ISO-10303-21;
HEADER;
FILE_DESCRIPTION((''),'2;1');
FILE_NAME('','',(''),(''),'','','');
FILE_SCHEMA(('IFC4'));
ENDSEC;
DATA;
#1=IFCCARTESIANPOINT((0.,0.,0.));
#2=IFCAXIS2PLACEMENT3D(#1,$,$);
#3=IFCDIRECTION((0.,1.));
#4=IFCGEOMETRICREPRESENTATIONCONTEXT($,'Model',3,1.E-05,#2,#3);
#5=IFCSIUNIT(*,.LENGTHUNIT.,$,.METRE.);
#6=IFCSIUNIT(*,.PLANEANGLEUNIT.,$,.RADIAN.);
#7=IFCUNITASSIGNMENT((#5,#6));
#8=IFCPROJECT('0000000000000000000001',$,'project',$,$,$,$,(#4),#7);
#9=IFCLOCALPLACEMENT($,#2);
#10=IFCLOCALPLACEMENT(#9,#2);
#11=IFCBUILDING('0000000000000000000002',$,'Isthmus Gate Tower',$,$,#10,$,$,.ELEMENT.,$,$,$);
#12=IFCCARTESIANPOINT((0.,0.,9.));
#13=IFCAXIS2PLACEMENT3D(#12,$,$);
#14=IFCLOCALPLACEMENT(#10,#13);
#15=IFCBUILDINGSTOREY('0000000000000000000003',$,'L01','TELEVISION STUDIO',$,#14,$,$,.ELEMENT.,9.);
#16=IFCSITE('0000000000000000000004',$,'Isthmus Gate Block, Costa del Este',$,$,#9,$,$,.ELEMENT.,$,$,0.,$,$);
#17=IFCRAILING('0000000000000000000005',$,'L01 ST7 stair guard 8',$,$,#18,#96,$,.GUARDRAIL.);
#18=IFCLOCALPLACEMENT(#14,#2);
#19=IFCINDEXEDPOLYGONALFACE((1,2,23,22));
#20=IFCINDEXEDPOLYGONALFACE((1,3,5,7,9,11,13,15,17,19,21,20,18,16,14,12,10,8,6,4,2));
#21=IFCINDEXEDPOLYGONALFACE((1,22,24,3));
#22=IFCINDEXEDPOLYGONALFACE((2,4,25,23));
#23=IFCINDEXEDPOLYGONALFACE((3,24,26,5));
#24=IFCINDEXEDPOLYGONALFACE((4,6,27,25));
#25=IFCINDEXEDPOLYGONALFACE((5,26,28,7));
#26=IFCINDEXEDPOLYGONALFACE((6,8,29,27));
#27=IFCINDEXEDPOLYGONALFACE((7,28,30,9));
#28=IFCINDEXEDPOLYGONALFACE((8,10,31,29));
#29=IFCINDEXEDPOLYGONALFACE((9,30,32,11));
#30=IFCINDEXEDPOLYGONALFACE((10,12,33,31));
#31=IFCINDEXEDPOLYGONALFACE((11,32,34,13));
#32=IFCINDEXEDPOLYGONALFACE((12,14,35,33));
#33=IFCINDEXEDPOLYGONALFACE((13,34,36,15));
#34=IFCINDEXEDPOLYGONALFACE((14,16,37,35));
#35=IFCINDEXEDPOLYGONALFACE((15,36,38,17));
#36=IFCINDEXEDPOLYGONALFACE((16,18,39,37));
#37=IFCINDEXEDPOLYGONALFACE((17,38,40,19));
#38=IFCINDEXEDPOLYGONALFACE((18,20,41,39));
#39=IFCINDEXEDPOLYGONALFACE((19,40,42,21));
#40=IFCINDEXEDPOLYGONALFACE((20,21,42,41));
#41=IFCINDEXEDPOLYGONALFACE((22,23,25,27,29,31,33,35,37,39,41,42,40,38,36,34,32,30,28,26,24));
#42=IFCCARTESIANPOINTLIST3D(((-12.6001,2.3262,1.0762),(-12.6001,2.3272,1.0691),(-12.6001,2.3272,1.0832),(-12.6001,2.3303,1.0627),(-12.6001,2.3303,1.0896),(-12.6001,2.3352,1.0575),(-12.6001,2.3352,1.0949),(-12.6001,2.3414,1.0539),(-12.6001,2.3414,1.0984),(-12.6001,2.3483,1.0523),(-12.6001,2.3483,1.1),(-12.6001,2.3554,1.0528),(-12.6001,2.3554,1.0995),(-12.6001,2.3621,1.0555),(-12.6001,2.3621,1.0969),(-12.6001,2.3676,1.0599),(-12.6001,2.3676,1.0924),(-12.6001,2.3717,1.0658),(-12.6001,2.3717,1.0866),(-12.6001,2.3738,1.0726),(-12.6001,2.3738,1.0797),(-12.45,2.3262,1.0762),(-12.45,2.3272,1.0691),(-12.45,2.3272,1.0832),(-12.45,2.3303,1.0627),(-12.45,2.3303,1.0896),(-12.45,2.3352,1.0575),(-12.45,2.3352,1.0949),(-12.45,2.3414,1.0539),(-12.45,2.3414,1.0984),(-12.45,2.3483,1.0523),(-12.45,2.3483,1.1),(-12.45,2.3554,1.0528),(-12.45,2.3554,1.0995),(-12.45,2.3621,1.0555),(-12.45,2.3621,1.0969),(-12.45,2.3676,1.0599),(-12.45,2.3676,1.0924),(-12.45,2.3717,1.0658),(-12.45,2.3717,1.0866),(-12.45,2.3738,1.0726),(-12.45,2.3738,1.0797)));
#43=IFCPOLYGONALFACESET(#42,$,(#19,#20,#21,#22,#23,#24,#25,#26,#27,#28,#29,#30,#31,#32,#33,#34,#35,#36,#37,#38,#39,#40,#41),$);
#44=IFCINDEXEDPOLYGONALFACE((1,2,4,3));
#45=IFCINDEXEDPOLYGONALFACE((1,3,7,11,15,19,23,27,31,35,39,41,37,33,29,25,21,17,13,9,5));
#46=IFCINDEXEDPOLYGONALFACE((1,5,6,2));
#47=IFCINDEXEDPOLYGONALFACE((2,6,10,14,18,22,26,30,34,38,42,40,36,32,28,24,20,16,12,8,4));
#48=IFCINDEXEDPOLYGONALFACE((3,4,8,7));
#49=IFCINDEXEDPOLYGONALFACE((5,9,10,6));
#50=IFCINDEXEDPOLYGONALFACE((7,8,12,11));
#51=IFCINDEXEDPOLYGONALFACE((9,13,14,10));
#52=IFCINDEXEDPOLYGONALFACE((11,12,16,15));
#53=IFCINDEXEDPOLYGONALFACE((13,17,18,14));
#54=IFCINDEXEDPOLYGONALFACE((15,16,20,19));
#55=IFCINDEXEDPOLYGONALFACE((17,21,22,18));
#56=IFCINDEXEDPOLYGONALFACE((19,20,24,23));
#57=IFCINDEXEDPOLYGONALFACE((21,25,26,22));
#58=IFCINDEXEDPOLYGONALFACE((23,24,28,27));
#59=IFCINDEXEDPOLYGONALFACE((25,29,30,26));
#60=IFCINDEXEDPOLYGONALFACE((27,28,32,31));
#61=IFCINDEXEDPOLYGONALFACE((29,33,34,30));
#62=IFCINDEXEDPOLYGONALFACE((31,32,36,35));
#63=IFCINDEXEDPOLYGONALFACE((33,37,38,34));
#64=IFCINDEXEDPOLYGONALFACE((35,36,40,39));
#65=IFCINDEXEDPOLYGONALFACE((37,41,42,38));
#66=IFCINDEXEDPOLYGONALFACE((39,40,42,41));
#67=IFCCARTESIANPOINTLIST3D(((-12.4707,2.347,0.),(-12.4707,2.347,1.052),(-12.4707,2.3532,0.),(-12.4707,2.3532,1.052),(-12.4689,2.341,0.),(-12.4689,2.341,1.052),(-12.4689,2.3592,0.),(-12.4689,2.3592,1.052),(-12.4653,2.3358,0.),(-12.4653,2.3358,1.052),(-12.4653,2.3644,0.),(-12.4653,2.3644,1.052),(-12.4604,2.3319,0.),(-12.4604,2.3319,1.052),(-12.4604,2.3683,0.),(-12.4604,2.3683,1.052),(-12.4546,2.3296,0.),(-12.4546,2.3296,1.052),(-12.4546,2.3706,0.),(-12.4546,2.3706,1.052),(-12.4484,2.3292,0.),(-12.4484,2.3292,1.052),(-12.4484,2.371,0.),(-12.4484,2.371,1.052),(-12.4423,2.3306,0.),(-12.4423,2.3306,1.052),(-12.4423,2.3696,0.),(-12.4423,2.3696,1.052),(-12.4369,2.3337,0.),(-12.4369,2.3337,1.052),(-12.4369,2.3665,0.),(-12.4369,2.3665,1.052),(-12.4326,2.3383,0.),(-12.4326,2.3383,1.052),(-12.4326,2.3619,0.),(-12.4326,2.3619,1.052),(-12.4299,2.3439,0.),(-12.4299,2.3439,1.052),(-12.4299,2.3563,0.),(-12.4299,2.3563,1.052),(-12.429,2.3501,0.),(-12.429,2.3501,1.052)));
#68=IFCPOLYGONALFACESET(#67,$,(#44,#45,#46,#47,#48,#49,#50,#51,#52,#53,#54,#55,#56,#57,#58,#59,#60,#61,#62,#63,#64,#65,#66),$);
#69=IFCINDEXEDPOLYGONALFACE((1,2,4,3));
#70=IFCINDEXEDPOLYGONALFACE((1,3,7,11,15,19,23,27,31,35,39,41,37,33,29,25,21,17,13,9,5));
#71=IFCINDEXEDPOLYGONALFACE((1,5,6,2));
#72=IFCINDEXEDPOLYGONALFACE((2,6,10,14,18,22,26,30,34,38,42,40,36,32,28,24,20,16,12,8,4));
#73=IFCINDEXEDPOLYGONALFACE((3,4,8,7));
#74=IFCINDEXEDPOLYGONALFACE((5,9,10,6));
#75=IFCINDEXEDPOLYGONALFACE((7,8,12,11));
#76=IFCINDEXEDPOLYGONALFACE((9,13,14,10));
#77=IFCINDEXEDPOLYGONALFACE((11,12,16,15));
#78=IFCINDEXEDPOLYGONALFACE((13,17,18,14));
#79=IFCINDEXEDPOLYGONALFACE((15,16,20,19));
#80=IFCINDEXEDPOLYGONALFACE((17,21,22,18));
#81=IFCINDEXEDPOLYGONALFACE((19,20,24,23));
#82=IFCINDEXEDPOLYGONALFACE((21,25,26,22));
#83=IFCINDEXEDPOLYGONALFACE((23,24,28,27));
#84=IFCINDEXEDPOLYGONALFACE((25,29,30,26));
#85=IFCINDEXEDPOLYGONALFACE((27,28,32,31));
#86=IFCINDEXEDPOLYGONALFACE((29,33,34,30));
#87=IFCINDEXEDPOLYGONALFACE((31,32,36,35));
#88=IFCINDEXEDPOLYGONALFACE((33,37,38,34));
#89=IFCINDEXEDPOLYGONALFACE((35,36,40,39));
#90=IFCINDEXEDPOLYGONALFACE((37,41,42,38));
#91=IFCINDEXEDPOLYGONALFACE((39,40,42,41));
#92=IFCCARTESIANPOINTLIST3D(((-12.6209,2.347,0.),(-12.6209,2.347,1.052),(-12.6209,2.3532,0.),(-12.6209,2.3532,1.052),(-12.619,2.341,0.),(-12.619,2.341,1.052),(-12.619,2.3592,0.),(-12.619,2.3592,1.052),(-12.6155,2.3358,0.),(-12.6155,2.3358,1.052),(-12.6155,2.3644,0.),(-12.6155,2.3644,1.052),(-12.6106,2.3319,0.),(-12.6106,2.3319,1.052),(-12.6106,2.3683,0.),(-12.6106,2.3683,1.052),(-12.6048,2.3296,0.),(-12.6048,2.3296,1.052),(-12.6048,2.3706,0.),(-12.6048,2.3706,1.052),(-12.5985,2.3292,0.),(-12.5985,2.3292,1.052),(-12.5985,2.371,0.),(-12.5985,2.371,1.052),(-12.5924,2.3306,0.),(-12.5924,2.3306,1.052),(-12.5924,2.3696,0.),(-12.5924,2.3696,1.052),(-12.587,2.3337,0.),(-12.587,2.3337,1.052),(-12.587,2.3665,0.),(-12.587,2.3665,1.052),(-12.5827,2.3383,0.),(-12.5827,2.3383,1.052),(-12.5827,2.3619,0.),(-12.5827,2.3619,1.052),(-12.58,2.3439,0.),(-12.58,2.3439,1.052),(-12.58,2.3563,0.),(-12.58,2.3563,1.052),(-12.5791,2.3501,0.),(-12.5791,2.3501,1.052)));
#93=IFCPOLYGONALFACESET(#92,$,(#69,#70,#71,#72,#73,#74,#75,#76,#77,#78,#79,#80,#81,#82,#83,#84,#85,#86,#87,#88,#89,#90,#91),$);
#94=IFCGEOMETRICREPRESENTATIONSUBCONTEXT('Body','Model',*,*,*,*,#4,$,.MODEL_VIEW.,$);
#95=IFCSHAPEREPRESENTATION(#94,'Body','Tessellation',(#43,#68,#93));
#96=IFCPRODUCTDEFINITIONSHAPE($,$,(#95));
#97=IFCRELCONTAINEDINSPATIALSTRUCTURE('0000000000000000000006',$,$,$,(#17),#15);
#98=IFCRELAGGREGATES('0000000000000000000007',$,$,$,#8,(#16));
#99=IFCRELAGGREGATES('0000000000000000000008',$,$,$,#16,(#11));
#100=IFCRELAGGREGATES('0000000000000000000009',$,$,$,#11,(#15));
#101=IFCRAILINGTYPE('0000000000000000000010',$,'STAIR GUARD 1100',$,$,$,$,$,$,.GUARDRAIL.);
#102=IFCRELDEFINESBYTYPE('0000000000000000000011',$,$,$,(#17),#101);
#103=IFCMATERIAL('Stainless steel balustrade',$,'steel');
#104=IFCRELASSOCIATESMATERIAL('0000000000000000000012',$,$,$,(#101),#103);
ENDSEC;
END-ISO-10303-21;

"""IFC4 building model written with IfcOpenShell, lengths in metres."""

from ifc_helpers import new_model, si_unit, direction, frame, origin, origin_2d, place, context, subcontext, project, spatial, circle, extrude, material, type_object, element, save


model = new_model("IFC4")

# Units and contexts
model_context = context("Model", 3, precision=1e-05, world=origin(), true_north=direction((0.0, 1.0)))
body_context = subcontext(model_context, "Body", "Model", "MODEL_VIEW")
ifc_project = project(units=[si_unit("LENGTHUNIT", "METRE"), si_unit("PLANEANGLEUNIT", "RADIAN")], contexts=[model_context])

# Site, building, storey
site_placement = place(None, origin())
site = spatial("IfcSite", under=ifc_project, at=site_placement, Name="Isthmus Gate Block, Costa del Este", CompositionType="ELEMENT", RefElevation=0.0)
building_placement = place(site_placement, origin())
building = spatial("IfcBuilding", under=site, at=building_placement, Name="Isthmus Gate Tower", CompositionType="ELEMENT")
storey_placement = place(building_placement, frame((0.0, 0.0, 9.0)))
storey = spatial("IfcBuildingStorey", under=building, at=storey_placement, Name="L01", Description="TELEVISION STUDIO", CompositionType="ELEMENT", Elevation=9.0)

# Railing
ifc_material_1 = material(Name="Stainless steel balustrade", Category="steel")
railing_type_1 = type_object("IfcRailingType", Name="STAIR GUARD 1100", PredefinedType="GUARDRAIL", material=ifc_material_1)
railing_1_placement = place(storey_placement, frame((-12.45, 2.3501, 0.0)))
element("IfcRailing", 1, at=railing_1_placement, inside=storey, type_object=railing_type_1, Name="L01 ST7 stair guard 8", PredefinedType="GUARDRAIL", context=body_context, shape_type="SweptSolid", body=[
    extrude(circle(Radius=0.0239, at=origin_2d()), frame((0.0, 0.0, 1.0762), z_axis=(-1.0, 0.0, 0.0), x_axis=(0.0, -1.0, 0.0)), (0.0, 0.0, 1.0), 0.1501),
    extrude(circle(Radius=0.021, at=origin_2d()), origin(), (0.0, 0.0, 1.0), 1.052),
    extrude(circle(Radius=0.021, at=origin_2d()), frame((-0.1501, 0.0, 0.0)), (0.0, 0.0, 1.0), 1.052),
])

save(model, "model.ifc")
